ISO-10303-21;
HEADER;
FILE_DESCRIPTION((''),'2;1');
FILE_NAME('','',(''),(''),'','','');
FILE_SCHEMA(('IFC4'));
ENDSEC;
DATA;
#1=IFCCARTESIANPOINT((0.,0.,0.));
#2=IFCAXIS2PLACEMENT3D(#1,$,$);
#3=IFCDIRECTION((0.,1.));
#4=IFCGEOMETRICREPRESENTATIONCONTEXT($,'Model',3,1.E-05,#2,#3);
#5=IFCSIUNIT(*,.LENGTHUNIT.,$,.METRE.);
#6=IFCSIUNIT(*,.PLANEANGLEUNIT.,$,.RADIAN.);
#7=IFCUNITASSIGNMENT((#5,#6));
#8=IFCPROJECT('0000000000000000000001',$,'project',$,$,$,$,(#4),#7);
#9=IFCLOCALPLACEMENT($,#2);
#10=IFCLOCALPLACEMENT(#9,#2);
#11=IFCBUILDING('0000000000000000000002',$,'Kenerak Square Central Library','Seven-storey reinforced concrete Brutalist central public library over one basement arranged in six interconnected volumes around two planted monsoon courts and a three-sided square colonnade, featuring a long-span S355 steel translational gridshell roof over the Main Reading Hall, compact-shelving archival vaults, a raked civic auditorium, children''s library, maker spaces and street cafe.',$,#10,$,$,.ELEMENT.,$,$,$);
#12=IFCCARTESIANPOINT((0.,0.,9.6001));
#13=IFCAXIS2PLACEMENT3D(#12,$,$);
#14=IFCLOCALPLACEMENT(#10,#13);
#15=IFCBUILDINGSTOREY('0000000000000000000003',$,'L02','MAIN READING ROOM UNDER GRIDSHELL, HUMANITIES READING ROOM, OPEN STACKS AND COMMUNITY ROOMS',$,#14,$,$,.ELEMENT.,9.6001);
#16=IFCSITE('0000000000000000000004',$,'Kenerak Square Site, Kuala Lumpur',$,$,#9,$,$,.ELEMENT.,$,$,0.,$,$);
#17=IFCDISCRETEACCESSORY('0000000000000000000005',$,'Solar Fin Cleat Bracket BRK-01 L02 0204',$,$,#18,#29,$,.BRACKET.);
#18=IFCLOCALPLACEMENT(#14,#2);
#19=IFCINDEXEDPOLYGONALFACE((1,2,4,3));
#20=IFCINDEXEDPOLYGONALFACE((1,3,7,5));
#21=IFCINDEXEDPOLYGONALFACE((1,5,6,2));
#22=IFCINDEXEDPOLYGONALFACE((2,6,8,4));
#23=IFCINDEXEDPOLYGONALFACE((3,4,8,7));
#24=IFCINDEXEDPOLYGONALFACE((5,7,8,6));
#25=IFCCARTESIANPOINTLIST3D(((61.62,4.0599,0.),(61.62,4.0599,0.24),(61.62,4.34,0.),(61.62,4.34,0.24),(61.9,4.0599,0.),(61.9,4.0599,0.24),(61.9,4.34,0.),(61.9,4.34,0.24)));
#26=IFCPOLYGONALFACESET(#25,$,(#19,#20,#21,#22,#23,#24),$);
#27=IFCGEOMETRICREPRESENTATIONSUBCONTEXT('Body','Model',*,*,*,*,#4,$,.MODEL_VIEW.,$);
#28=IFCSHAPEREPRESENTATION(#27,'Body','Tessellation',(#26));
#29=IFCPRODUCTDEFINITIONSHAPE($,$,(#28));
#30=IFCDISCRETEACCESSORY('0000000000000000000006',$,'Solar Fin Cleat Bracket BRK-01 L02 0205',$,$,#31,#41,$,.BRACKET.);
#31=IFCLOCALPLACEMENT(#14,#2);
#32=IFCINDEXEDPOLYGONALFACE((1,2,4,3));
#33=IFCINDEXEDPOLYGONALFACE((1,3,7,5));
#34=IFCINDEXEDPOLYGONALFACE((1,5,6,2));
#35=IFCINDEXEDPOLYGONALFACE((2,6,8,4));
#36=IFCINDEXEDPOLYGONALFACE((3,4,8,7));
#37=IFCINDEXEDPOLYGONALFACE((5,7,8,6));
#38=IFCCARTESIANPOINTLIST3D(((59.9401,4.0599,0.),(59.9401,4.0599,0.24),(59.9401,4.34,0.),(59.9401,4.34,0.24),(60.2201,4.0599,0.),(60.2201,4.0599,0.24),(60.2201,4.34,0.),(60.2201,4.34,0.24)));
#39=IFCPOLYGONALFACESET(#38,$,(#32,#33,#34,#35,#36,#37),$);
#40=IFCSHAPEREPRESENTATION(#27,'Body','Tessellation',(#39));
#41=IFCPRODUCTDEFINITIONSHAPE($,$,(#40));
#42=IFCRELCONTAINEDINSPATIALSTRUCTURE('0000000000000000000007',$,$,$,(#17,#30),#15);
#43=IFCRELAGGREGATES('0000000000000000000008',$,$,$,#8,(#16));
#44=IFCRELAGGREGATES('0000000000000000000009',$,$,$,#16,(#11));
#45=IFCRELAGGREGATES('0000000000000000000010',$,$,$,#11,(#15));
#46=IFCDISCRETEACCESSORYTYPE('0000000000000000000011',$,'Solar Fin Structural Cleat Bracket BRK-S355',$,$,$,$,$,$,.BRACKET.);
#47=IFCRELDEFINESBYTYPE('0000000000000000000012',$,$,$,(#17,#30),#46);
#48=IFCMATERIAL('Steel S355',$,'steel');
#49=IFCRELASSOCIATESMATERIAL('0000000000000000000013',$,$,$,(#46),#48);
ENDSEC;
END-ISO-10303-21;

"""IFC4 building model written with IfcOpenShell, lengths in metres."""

from ifc_helpers import new_model, si_unit, direction, frame, origin, origin_2d, place, context, subcontext, project, spatial, rectangle, extrude, material, type_object, element, save


model = new_model("IFC4")

# Units and contexts
model_context = context("Model", 3, precision=1e-05, world=origin(), true_north=direction((0.0, 1.0)))
body_context = subcontext(model_context, "Body", "Model", "MODEL_VIEW")
ifc_project = project(units=[si_unit("LENGTHUNIT", "METRE"), si_unit("PLANEANGLEUNIT", "RADIAN")], contexts=[model_context])

# Site, building, storey
site_placement = place(None, origin())
site = spatial("IfcSite", under=ifc_project, at=site_placement, Name="Kenerak Square Site, Kuala Lumpur", CompositionType="ELEMENT", RefElevation=0.0)
building_placement = place(site_placement, origin())
building = spatial("IfcBuilding", under=site, at=building_placement, Name="Kenerak Square Central Library", Description="Seven-storey reinforced concrete Brutalist central public library over one basement arranged in six interconnected volumes around two planted monsoon courts and a three-sided square colonnade, featuring a long-span S355 steel translational gridshell roof over the Main Reading Hall, compact-shelving archival vaults, a raked civic auditorium, children's library, maker spaces and street cafe.", CompositionType="ELEMENT")
storey_placement = place(building_placement, frame((0.0, 0.0, 9.6001)))
storey = spatial("IfcBuildingStorey", under=building, at=storey_placement, Name="L02", Description="MAIN READING ROOM UNDER GRIDSHELL, HUMANITIES READING ROOM, OPEN STACKS AND COMMUNITY ROOMS", CompositionType="ELEMENT", Elevation=9.6001)

# Shared definitions
ifc_material_1 = material(Name="Steel S355", Category="steel")

# Discrete accessories
discrete_accessory_type = type_object("IfcDiscreteAccessoryType", Name="Solar Fin Structural Cleat Bracket BRK-S355", PredefinedType="BRACKET", material=ifc_material_1)
for number, where, z_axis, x_axis, name in (
    (1, (61.76, 4.2, 0.0), (0.0, 0.0, 1.0), (-1.0, 0.0, 0.0), "Solar Fin Cleat Bracket BRK-01 L02 0204"),
    (2, (60.0801, 4.2, 0.0), (0.0, 0.0, 1.0), (-1.0, 0.0, 0.0), "Solar Fin Cleat Bracket BRK-01 L02 0205"),
):
    element("IfcDiscreteAccessory", number, at=place(storey_placement, frame(where, z_axis=z_axis, x_axis=x_axis)), inside=storey, type_object=discrete_accessory_type, Name=name, PredefinedType="BRACKET", context=body_context, shape_type="SweptSolid", body=[
        extrude(rectangle(XDim=0.28, YDim=0.28, at=origin_2d()), origin(), (0.0, 0.0, 1.0), 0.24),
    ])

save(model, "model.ifc")
